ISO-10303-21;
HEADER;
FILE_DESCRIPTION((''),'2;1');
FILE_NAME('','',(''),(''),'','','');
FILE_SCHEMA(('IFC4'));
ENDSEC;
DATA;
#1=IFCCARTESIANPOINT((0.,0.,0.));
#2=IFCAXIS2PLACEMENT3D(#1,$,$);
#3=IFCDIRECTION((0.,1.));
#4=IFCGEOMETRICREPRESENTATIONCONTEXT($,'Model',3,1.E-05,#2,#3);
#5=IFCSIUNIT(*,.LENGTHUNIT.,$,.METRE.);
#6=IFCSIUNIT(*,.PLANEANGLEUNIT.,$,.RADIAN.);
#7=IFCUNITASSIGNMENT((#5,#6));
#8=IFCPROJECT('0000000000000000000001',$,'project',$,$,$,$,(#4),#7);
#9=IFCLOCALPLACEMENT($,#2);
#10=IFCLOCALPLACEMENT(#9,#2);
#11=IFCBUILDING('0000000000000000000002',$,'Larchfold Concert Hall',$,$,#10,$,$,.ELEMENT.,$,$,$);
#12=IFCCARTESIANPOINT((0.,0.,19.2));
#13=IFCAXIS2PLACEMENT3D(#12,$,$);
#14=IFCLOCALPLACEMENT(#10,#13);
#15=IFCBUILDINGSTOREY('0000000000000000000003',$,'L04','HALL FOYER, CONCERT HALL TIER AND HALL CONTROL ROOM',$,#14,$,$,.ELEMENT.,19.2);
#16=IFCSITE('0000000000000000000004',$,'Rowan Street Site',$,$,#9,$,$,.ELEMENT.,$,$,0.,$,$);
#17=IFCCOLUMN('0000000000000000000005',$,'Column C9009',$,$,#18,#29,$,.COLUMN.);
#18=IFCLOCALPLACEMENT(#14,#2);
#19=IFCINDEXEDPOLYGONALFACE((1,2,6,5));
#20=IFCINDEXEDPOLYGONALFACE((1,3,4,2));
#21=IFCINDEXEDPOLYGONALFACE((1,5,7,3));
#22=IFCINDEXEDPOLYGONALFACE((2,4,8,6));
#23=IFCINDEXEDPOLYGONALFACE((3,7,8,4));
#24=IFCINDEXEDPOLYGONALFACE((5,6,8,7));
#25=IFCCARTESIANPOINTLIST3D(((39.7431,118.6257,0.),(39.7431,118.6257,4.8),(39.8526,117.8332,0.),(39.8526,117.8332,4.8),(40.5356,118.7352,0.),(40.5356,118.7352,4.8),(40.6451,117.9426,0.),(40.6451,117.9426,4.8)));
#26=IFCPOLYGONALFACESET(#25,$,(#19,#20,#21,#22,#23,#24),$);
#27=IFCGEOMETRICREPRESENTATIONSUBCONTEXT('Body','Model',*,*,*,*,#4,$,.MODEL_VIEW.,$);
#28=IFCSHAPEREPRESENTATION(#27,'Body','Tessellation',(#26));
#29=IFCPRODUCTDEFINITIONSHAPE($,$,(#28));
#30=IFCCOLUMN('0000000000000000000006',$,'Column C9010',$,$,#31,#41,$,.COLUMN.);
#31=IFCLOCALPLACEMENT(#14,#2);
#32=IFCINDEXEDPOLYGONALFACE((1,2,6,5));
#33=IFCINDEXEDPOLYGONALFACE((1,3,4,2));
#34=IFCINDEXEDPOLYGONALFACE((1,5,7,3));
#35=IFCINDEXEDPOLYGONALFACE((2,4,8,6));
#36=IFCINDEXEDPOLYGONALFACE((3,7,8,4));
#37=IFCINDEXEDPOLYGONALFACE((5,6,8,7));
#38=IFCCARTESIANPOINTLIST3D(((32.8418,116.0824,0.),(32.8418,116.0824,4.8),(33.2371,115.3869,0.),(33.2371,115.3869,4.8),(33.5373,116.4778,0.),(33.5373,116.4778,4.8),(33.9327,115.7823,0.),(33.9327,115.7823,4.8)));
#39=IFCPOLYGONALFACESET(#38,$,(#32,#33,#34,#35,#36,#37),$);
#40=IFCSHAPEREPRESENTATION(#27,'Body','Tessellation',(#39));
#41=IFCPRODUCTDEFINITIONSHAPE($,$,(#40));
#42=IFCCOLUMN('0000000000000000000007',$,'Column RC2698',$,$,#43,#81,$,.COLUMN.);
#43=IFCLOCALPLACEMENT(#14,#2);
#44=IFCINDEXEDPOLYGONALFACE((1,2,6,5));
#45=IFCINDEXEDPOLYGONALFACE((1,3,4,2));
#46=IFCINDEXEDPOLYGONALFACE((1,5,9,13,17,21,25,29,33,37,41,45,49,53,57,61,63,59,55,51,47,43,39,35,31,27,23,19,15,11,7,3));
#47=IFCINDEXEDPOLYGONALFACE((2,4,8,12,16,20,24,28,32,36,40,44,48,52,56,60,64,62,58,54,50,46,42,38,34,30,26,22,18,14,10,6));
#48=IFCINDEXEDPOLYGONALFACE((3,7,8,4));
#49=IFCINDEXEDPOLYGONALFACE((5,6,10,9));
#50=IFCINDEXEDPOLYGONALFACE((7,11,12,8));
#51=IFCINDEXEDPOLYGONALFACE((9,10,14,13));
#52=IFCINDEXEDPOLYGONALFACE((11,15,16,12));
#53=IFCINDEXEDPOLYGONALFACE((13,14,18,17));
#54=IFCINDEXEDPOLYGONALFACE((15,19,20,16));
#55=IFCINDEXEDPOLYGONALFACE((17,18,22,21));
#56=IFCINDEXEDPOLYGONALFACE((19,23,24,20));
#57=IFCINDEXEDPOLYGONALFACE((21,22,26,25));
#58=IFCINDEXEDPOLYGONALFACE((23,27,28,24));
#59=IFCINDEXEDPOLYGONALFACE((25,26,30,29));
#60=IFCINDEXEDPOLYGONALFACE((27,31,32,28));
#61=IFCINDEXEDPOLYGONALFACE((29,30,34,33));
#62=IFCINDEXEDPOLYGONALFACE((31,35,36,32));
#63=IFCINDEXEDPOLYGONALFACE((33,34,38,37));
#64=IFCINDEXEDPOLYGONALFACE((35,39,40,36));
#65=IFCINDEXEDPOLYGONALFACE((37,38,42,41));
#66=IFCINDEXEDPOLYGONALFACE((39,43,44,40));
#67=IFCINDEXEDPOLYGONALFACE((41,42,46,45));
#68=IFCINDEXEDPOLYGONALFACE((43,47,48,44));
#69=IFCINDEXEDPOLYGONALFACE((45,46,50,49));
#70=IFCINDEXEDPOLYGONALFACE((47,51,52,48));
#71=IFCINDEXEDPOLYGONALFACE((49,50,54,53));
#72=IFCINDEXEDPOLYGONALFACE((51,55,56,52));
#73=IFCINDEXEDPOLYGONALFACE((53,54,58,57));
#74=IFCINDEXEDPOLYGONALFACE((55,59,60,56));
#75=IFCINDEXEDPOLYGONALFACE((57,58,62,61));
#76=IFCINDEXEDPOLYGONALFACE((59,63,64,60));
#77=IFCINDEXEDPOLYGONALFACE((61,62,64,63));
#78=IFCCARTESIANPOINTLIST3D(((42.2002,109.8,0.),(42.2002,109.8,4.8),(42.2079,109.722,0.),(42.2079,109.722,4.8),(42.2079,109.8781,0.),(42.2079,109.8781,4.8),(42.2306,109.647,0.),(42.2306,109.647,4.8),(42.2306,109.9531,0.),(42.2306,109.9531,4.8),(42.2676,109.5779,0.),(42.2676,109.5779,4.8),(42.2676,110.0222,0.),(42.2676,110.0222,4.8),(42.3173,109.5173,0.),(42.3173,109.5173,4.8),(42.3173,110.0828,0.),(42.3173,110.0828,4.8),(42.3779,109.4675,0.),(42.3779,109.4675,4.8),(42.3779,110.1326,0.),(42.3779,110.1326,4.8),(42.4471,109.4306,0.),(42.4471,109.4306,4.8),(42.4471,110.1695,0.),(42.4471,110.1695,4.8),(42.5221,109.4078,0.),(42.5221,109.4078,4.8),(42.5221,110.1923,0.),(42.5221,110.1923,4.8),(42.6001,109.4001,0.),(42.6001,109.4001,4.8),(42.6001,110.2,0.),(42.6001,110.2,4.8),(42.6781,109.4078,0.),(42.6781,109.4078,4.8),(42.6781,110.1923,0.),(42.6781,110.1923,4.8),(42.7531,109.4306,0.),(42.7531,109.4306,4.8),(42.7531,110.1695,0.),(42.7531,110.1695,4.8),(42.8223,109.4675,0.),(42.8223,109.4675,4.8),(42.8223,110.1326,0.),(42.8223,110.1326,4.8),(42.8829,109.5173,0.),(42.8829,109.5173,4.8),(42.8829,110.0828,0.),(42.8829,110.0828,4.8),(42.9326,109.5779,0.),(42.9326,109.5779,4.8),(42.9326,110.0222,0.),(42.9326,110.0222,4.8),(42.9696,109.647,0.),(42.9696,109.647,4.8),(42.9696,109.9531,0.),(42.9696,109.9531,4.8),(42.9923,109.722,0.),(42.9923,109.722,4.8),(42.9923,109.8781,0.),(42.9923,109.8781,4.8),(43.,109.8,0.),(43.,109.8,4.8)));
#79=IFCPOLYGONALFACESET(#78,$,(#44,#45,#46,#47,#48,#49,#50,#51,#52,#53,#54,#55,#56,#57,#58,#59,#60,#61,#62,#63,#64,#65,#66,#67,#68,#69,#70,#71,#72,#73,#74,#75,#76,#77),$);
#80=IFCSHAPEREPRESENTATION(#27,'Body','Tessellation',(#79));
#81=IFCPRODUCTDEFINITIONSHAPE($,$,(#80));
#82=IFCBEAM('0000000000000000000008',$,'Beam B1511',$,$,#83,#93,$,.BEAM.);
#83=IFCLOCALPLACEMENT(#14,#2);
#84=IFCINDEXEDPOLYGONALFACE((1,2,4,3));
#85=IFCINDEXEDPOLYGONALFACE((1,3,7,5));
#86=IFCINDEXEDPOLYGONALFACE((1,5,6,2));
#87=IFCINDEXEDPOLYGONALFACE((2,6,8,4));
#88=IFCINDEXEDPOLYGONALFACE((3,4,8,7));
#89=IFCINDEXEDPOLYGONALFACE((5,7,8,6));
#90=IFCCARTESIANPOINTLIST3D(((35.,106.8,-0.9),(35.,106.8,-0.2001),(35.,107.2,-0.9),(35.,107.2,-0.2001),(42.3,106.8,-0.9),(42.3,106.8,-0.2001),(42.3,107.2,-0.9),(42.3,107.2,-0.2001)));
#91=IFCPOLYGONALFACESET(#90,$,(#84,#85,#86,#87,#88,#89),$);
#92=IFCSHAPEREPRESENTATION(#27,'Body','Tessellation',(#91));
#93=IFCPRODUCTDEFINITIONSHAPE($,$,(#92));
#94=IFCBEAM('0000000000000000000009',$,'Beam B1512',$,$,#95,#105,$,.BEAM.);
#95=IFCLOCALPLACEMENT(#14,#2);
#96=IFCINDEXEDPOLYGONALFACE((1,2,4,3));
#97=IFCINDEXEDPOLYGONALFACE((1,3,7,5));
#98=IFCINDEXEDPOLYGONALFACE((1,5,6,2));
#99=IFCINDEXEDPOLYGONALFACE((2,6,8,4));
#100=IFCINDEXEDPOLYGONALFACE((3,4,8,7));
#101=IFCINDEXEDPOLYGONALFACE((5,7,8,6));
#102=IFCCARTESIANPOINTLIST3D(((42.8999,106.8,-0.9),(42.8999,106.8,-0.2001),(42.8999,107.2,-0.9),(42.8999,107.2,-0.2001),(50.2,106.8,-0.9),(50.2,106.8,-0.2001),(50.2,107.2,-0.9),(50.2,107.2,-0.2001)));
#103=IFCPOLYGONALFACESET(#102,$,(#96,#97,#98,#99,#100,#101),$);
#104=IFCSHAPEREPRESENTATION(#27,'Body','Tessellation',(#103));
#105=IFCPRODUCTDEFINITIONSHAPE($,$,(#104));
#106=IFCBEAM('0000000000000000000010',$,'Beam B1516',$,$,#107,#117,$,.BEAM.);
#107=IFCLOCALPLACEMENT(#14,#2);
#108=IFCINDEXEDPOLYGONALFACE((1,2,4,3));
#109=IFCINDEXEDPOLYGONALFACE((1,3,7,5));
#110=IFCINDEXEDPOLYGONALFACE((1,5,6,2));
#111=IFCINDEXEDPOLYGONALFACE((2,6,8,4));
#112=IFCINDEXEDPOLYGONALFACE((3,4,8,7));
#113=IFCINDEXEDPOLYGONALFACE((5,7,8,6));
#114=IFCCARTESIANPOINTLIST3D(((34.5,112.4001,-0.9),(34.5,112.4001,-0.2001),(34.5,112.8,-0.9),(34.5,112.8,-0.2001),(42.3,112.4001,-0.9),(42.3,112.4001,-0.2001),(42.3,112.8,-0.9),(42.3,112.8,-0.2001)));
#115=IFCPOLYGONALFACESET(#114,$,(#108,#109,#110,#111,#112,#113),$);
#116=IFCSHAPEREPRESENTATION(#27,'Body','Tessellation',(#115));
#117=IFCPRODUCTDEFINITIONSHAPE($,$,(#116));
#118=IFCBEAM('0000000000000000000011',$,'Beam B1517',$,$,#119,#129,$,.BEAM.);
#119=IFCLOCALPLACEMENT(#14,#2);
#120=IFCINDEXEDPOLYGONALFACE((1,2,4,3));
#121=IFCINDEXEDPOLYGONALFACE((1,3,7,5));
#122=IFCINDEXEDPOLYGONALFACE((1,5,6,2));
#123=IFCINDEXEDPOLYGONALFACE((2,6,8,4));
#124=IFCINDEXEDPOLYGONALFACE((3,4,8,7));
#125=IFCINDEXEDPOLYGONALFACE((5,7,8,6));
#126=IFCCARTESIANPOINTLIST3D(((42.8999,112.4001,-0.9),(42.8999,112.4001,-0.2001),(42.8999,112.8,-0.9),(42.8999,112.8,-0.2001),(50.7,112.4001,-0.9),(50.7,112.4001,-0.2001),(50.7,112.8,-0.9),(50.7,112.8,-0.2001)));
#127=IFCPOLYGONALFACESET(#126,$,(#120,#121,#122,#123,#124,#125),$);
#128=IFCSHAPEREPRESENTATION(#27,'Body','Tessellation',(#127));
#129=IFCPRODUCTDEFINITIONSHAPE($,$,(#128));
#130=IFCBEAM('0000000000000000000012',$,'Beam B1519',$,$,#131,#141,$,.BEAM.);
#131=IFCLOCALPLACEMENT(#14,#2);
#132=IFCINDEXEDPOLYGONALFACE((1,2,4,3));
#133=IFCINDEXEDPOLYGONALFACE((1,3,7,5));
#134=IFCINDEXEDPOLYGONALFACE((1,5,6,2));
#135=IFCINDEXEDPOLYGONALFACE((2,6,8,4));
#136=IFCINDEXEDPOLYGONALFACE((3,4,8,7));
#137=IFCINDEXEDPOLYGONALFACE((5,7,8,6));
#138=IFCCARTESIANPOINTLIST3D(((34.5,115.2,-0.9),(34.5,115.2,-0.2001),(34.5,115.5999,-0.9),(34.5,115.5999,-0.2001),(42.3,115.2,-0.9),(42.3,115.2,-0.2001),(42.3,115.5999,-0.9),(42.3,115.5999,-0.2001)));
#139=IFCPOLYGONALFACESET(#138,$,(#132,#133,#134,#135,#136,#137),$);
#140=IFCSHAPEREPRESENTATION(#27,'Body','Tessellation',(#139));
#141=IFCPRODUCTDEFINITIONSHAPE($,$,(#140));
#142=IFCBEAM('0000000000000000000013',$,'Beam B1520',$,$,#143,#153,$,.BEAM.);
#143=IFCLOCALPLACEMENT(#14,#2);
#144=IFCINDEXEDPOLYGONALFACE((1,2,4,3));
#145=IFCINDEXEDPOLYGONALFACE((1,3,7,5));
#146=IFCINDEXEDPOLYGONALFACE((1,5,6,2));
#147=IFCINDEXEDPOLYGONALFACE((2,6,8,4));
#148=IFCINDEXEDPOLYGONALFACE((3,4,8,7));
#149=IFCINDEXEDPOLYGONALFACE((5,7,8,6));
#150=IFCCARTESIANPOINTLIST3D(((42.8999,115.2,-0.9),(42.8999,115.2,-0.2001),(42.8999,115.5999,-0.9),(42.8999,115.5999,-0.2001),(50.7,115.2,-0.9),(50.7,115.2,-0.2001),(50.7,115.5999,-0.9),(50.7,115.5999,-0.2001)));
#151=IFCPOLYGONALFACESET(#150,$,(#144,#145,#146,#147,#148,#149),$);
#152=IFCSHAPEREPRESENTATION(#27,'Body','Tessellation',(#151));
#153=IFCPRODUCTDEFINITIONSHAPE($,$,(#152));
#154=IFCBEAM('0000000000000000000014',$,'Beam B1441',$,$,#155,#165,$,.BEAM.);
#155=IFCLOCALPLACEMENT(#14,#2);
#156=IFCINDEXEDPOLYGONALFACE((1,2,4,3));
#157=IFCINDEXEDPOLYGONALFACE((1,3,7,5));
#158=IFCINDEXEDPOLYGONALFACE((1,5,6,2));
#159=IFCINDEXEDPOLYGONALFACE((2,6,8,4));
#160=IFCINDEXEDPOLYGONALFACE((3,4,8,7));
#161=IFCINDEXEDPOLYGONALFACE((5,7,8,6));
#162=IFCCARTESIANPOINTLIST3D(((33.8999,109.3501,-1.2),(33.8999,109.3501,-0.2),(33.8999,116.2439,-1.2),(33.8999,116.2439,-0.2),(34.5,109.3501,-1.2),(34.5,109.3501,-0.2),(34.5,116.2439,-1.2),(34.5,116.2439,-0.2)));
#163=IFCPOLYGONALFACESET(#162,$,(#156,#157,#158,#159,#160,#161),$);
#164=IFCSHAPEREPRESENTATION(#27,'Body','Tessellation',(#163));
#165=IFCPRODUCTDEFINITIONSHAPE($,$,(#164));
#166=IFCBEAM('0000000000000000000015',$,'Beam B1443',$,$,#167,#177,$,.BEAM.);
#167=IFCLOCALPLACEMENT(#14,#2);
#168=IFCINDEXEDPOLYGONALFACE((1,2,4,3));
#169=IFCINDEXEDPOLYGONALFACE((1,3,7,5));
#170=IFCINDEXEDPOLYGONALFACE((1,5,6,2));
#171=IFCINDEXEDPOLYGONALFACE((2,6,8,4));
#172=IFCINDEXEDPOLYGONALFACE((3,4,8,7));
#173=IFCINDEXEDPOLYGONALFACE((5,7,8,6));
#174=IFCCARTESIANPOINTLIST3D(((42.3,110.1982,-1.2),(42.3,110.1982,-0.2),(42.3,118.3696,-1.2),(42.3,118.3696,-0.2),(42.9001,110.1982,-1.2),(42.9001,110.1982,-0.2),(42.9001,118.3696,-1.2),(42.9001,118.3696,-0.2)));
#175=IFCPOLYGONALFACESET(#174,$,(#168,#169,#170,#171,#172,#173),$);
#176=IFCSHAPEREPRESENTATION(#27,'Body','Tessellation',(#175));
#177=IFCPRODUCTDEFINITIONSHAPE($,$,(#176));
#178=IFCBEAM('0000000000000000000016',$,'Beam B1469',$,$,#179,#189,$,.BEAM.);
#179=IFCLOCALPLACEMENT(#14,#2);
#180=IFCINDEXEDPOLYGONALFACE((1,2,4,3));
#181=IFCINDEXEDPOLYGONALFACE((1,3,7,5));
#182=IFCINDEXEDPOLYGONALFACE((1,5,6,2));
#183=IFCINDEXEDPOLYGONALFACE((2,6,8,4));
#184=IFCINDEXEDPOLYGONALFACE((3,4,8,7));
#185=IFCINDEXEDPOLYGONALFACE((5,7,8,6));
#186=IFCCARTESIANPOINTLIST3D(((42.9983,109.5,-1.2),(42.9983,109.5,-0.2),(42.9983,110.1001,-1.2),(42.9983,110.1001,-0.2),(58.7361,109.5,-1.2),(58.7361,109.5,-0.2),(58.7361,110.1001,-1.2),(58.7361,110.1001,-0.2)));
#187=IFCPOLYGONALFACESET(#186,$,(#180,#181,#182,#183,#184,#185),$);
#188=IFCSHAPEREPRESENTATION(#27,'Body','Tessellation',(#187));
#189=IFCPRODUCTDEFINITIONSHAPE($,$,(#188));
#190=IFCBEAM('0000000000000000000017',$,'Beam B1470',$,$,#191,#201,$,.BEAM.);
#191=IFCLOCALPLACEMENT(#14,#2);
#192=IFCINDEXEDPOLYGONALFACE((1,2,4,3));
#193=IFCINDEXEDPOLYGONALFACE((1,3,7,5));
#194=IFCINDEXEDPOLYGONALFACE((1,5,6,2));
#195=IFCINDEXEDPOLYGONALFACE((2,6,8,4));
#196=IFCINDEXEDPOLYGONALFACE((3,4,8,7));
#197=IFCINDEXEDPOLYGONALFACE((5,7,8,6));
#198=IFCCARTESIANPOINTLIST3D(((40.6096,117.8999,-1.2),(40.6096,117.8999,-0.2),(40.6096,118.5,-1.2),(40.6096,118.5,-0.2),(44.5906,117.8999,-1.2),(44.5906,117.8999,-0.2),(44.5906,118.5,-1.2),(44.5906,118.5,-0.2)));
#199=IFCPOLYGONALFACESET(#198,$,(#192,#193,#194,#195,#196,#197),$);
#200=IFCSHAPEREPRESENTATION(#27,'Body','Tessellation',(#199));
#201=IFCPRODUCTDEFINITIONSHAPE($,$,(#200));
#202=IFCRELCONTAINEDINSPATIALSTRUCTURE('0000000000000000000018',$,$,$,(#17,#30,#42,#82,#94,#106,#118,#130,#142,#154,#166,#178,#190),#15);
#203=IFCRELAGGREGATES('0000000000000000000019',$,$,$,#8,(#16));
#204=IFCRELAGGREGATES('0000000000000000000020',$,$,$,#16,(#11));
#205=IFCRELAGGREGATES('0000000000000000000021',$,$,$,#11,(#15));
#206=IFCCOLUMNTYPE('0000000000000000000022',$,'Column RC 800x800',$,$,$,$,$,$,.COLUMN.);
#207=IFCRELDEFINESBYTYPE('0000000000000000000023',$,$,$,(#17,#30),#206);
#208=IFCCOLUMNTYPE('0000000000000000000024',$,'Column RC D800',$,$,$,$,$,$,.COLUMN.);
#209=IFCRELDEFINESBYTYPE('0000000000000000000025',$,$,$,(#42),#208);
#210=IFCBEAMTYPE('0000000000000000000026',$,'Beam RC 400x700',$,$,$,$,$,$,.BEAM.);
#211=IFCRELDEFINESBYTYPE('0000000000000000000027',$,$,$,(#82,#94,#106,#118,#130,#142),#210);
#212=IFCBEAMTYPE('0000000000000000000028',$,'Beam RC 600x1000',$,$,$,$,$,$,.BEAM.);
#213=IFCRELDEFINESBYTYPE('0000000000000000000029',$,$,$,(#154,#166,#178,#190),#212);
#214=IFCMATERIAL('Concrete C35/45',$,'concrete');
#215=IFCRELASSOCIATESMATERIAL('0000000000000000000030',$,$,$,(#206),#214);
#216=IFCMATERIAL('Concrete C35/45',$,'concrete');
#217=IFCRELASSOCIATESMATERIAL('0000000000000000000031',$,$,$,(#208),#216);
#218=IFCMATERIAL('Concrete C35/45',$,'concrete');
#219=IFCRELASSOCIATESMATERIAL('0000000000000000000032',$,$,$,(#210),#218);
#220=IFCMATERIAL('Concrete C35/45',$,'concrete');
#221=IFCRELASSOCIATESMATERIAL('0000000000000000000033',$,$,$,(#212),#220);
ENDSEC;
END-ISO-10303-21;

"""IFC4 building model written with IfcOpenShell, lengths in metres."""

from ifc_helpers import new_model, si_unit, direction, frame, origin, origin_2d, place, context, subcontext, project, spatial, rectangle, circle, extrude, material, material_profile, profile_set, type_object, element, save


model = new_model("IFC4")

# Units and contexts
model_context = context("Model", 3, precision=1e-05, world=origin(), true_north=direction((0.0, 1.0)))
body_context = subcontext(model_context, "Body", "Model", "MODEL_VIEW")
ifc_project = project(units=[si_unit("LENGTHUNIT", "METRE"), si_unit("PLANEANGLEUNIT", "RADIAN")], contexts=[model_context])

# Site, building, storey
site_placement = place(None, origin())
site = spatial("IfcSite", under=ifc_project, at=site_placement, Name="Rowan Street Site", CompositionType="ELEMENT", RefElevation=0.0)
building_placement = place(site_placement, origin())
building = spatial("IfcBuilding", under=site, at=building_placement, Name="Larchfold Concert Hall", CompositionType="ELEMENT")
storey_placement = place(building_placement, frame((0.0, 0.0, 19.2)))
storey = spatial("IfcBuildingStorey", under=building, at=storey_placement, Name="L04", Description="HALL FOYER, CONCERT HALL TIER AND HALL CONTROL ROOM", CompositionType="ELEMENT", Elevation=19.2)

# Columns
ifc_material_1 = material(Name="Concrete C35/45", Category="concrete")
ifc_material_profile_1 = material_profile(ifc_material_1, rectangle(XDim=0.8, YDim=0.8, at=origin_2d()))
ifc_profile_set_1 = profile_set([ifc_material_profile_1], Name="Concrete C35/45")
column_type_1 = type_object("IfcColumnType", Name="Column RC 800x800", PredefinedType="COLUMN", material=ifc_profile_set_1)
for number, where, z_axis, x_axis, name in (
    (1, (40.1941, 118.2842, 0.0), (0.0, 0.0, 1.0), (0.990596, 0.13682, 0.0), "Column C9009"),
    (2, (33.3872, 115.9324, 0.0), (0.0, 0.0, 1.0), (0.86935, 0.494197, 0.0), "Column C9010"),
):
    element("IfcColumn", number, at=place(storey_placement, frame(where, z_axis=z_axis, x_axis=x_axis)), inside=storey, type_object=column_type_1, Name=name, PredefinedType="COLUMN", context=body_context, shape_type="SweptSolid", body=[
        extrude(rectangle(XDim=0.8, YDim=0.8, at=origin_2d()), origin(), (0.0, 0.0, 1.0), 4.8),
    ])
ifc_material_2 = material(Name="Concrete C35/45", Category="concrete")
ifc_material_profile_2 = material_profile(ifc_material_2, circle(Radius=0.3999, at=origin_2d()))
ifc_profile_set_2 = profile_set([ifc_material_profile_2], Name="Concrete C35/45")
column_type_2 = type_object("IfcColumnType", Name="Column RC D800", PredefinedType="COLUMN", material=ifc_profile_set_2)
column_placement = place(storey_placement, frame((42.6001, 109.8, 0.0), z_axis=(0.0, 0.0, 1.0), x_axis=(1.0, 0.0, 0.0)))
element("IfcColumn", 3, at=column_placement, inside=storey, type_object=column_type_2, Name="Column RC2698", PredefinedType="COLUMN", context=body_context, shape_type="SweptSolid", body=[
    extrude(circle(Radius=0.3999, at=origin_2d()), origin(), (0.0, 0.0, 1.0), 4.8),
])

# Beams
ifc_material_3 = material(Name="Concrete C35/45", Category="concrete")
ifc_material_profile_3 = material_profile(ifc_material_3, rectangle(XDim=0.3999, YDim=0.7, at=origin_2d()))
ifc_profile_set_3 = profile_set([ifc_material_profile_3], Name="Concrete C35/45")
beam_type_1 = type_object("IfcBeamType", Name="Beam RC 400x700", PredefinedType="BEAM", material=ifc_profile_set_3)
for number, where, z_axis, x_axis, name in (
    (4, (35.0, 107.0, -0.55), (1.0, 0.0, 0.0), (0.0, 1.0, 0.0), "Beam B1511"),
    (5, (42.8999, 107.0, -0.55), (1.0, 0.0, 0.0), (0.0, 1.0, 0.0), "Beam B1512"),
):
    element("IfcBeam", number, at=place(storey_placement, frame(where, z_axis=z_axis, x_axis=x_axis)), inside=storey, type_object=beam_type_1, Name=name, PredefinedType="BEAM", context=body_context, shape_type="SweptSolid", body=[
        extrude(rectangle(XDim=0.3999, YDim=0.7, at=origin_2d()), origin(), (0.0, 0.0, 1.0), 7.3),
    ])
for number, where, z_axis, x_axis, name in (
    (6, (34.5, 112.6001, -0.55), (1.0, 0.0, 0.0), (0.0, 1.0, 0.0), "Beam B1516"),
    (7, (42.8999, 112.6001, -0.55), (1.0, 0.0, 0.0), (0.0, 1.0, 0.0), "Beam B1517"),
    (8, (34.5, 115.3999, -0.55), (1.0, 0.0, 0.0), (0.0, 1.0, 0.0), "Beam B1519"),
    (9, (42.8999, 115.3999, -0.55), (1.0, 0.0, 0.0), (0.0, 1.0, 0.0), "Beam B1520"),
):
    element("IfcBeam", number, at=place(storey_placement, frame(where, z_axis=z_axis, x_axis=x_axis)), inside=storey, type_object=beam_type_1, Name=name, PredefinedType="BEAM", context=body_context, shape_type="SweptSolid", body=[
        extrude(rectangle(XDim=0.3999, YDim=0.7, at=origin_2d()), origin(), (0.0, 0.0, 1.0), 7.8),
    ])
ifc_material_4 = material(Name="Concrete C35/45", Category="concrete")
ifc_material_profile_4 = material_profile(ifc_material_4, rectangle(XDim=0.6001, YDim=1.0, at=origin_2d()))
ifc_profile_set_4 = profile_set([ifc_material_profile_4], Name="Concrete C35/45")
beam_type_2 = type_object("IfcBeamType", Name="Beam RC 600x1000", PredefinedType="BEAM", material=ifc_profile_set_4)
beam_1_placement = place(storey_placement, frame((34.2, 109.3501, -0.7), z_axis=(0.0, 1.0, 0.0), x_axis=(-1.0, 0.0, 0.0)))
element("IfcBeam", 10, at=beam_1_placement, inside=storey, type_object=beam_type_2, Name="Beam B1441", PredefinedType="BEAM", context=body_context, shape_type="SweptSolid", body=[
    extrude(rectangle(XDim=0.6001, YDim=1.0, at=origin_2d()), origin(), (0.0, 0.0, 1.0), 6.8938),
])
beam_2_placement = place(storey_placement, frame((42.6001, 110.1982, -0.7), z_axis=(0.0, 1.0, 0.0), x_axis=(-1.0, 0.0, 0.0)))
element("IfcBeam", 11, at=beam_2_placement, inside=storey, type_object=beam_type_2, Name="Beam B1443", PredefinedType="BEAM", context=body_context, shape_type="SweptSolid", body=[
    extrude(rectangle(XDim=0.6001, YDim=1.0, at=origin_2d()), origin(), (0.0, 0.0, 1.0), 8.1714),
])
beam_3_placement = place(storey_placement, frame((42.9983, 109.8, -0.7), z_axis=(1.0, 0.0, 0.0), x_axis=(0.0, 1.0, 0.0)))
element("IfcBeam", 12, at=beam_3_placement, inside=storey, type_object=beam_type_2, Name="Beam B1469", PredefinedType="BEAM", context=body_context, shape_type="SweptSolid", body=[
    extrude(rectangle(XDim=0.6001, YDim=1.0, at=origin_2d()), origin(), (0.0, 0.0, 1.0), 15.7378),
])
beam_4_placement = place(storey_placement, frame((40.6096, 118.2, -0.7), z_axis=(1.0, 0.0, 0.0), x_axis=(0.0, 1.0, 0.0)))
element("IfcBeam", 13, at=beam_4_placement, inside=storey, type_object=beam_type_2, Name="Beam B1470", PredefinedType="BEAM", context=body_context, shape_type="SweptSolid", body=[
    extrude(rectangle(XDim=0.6001, YDim=1.0, at=origin_2d()), origin(), (0.0, 0.0, 1.0), 3.981),
])

save(model, "model.ifc")
